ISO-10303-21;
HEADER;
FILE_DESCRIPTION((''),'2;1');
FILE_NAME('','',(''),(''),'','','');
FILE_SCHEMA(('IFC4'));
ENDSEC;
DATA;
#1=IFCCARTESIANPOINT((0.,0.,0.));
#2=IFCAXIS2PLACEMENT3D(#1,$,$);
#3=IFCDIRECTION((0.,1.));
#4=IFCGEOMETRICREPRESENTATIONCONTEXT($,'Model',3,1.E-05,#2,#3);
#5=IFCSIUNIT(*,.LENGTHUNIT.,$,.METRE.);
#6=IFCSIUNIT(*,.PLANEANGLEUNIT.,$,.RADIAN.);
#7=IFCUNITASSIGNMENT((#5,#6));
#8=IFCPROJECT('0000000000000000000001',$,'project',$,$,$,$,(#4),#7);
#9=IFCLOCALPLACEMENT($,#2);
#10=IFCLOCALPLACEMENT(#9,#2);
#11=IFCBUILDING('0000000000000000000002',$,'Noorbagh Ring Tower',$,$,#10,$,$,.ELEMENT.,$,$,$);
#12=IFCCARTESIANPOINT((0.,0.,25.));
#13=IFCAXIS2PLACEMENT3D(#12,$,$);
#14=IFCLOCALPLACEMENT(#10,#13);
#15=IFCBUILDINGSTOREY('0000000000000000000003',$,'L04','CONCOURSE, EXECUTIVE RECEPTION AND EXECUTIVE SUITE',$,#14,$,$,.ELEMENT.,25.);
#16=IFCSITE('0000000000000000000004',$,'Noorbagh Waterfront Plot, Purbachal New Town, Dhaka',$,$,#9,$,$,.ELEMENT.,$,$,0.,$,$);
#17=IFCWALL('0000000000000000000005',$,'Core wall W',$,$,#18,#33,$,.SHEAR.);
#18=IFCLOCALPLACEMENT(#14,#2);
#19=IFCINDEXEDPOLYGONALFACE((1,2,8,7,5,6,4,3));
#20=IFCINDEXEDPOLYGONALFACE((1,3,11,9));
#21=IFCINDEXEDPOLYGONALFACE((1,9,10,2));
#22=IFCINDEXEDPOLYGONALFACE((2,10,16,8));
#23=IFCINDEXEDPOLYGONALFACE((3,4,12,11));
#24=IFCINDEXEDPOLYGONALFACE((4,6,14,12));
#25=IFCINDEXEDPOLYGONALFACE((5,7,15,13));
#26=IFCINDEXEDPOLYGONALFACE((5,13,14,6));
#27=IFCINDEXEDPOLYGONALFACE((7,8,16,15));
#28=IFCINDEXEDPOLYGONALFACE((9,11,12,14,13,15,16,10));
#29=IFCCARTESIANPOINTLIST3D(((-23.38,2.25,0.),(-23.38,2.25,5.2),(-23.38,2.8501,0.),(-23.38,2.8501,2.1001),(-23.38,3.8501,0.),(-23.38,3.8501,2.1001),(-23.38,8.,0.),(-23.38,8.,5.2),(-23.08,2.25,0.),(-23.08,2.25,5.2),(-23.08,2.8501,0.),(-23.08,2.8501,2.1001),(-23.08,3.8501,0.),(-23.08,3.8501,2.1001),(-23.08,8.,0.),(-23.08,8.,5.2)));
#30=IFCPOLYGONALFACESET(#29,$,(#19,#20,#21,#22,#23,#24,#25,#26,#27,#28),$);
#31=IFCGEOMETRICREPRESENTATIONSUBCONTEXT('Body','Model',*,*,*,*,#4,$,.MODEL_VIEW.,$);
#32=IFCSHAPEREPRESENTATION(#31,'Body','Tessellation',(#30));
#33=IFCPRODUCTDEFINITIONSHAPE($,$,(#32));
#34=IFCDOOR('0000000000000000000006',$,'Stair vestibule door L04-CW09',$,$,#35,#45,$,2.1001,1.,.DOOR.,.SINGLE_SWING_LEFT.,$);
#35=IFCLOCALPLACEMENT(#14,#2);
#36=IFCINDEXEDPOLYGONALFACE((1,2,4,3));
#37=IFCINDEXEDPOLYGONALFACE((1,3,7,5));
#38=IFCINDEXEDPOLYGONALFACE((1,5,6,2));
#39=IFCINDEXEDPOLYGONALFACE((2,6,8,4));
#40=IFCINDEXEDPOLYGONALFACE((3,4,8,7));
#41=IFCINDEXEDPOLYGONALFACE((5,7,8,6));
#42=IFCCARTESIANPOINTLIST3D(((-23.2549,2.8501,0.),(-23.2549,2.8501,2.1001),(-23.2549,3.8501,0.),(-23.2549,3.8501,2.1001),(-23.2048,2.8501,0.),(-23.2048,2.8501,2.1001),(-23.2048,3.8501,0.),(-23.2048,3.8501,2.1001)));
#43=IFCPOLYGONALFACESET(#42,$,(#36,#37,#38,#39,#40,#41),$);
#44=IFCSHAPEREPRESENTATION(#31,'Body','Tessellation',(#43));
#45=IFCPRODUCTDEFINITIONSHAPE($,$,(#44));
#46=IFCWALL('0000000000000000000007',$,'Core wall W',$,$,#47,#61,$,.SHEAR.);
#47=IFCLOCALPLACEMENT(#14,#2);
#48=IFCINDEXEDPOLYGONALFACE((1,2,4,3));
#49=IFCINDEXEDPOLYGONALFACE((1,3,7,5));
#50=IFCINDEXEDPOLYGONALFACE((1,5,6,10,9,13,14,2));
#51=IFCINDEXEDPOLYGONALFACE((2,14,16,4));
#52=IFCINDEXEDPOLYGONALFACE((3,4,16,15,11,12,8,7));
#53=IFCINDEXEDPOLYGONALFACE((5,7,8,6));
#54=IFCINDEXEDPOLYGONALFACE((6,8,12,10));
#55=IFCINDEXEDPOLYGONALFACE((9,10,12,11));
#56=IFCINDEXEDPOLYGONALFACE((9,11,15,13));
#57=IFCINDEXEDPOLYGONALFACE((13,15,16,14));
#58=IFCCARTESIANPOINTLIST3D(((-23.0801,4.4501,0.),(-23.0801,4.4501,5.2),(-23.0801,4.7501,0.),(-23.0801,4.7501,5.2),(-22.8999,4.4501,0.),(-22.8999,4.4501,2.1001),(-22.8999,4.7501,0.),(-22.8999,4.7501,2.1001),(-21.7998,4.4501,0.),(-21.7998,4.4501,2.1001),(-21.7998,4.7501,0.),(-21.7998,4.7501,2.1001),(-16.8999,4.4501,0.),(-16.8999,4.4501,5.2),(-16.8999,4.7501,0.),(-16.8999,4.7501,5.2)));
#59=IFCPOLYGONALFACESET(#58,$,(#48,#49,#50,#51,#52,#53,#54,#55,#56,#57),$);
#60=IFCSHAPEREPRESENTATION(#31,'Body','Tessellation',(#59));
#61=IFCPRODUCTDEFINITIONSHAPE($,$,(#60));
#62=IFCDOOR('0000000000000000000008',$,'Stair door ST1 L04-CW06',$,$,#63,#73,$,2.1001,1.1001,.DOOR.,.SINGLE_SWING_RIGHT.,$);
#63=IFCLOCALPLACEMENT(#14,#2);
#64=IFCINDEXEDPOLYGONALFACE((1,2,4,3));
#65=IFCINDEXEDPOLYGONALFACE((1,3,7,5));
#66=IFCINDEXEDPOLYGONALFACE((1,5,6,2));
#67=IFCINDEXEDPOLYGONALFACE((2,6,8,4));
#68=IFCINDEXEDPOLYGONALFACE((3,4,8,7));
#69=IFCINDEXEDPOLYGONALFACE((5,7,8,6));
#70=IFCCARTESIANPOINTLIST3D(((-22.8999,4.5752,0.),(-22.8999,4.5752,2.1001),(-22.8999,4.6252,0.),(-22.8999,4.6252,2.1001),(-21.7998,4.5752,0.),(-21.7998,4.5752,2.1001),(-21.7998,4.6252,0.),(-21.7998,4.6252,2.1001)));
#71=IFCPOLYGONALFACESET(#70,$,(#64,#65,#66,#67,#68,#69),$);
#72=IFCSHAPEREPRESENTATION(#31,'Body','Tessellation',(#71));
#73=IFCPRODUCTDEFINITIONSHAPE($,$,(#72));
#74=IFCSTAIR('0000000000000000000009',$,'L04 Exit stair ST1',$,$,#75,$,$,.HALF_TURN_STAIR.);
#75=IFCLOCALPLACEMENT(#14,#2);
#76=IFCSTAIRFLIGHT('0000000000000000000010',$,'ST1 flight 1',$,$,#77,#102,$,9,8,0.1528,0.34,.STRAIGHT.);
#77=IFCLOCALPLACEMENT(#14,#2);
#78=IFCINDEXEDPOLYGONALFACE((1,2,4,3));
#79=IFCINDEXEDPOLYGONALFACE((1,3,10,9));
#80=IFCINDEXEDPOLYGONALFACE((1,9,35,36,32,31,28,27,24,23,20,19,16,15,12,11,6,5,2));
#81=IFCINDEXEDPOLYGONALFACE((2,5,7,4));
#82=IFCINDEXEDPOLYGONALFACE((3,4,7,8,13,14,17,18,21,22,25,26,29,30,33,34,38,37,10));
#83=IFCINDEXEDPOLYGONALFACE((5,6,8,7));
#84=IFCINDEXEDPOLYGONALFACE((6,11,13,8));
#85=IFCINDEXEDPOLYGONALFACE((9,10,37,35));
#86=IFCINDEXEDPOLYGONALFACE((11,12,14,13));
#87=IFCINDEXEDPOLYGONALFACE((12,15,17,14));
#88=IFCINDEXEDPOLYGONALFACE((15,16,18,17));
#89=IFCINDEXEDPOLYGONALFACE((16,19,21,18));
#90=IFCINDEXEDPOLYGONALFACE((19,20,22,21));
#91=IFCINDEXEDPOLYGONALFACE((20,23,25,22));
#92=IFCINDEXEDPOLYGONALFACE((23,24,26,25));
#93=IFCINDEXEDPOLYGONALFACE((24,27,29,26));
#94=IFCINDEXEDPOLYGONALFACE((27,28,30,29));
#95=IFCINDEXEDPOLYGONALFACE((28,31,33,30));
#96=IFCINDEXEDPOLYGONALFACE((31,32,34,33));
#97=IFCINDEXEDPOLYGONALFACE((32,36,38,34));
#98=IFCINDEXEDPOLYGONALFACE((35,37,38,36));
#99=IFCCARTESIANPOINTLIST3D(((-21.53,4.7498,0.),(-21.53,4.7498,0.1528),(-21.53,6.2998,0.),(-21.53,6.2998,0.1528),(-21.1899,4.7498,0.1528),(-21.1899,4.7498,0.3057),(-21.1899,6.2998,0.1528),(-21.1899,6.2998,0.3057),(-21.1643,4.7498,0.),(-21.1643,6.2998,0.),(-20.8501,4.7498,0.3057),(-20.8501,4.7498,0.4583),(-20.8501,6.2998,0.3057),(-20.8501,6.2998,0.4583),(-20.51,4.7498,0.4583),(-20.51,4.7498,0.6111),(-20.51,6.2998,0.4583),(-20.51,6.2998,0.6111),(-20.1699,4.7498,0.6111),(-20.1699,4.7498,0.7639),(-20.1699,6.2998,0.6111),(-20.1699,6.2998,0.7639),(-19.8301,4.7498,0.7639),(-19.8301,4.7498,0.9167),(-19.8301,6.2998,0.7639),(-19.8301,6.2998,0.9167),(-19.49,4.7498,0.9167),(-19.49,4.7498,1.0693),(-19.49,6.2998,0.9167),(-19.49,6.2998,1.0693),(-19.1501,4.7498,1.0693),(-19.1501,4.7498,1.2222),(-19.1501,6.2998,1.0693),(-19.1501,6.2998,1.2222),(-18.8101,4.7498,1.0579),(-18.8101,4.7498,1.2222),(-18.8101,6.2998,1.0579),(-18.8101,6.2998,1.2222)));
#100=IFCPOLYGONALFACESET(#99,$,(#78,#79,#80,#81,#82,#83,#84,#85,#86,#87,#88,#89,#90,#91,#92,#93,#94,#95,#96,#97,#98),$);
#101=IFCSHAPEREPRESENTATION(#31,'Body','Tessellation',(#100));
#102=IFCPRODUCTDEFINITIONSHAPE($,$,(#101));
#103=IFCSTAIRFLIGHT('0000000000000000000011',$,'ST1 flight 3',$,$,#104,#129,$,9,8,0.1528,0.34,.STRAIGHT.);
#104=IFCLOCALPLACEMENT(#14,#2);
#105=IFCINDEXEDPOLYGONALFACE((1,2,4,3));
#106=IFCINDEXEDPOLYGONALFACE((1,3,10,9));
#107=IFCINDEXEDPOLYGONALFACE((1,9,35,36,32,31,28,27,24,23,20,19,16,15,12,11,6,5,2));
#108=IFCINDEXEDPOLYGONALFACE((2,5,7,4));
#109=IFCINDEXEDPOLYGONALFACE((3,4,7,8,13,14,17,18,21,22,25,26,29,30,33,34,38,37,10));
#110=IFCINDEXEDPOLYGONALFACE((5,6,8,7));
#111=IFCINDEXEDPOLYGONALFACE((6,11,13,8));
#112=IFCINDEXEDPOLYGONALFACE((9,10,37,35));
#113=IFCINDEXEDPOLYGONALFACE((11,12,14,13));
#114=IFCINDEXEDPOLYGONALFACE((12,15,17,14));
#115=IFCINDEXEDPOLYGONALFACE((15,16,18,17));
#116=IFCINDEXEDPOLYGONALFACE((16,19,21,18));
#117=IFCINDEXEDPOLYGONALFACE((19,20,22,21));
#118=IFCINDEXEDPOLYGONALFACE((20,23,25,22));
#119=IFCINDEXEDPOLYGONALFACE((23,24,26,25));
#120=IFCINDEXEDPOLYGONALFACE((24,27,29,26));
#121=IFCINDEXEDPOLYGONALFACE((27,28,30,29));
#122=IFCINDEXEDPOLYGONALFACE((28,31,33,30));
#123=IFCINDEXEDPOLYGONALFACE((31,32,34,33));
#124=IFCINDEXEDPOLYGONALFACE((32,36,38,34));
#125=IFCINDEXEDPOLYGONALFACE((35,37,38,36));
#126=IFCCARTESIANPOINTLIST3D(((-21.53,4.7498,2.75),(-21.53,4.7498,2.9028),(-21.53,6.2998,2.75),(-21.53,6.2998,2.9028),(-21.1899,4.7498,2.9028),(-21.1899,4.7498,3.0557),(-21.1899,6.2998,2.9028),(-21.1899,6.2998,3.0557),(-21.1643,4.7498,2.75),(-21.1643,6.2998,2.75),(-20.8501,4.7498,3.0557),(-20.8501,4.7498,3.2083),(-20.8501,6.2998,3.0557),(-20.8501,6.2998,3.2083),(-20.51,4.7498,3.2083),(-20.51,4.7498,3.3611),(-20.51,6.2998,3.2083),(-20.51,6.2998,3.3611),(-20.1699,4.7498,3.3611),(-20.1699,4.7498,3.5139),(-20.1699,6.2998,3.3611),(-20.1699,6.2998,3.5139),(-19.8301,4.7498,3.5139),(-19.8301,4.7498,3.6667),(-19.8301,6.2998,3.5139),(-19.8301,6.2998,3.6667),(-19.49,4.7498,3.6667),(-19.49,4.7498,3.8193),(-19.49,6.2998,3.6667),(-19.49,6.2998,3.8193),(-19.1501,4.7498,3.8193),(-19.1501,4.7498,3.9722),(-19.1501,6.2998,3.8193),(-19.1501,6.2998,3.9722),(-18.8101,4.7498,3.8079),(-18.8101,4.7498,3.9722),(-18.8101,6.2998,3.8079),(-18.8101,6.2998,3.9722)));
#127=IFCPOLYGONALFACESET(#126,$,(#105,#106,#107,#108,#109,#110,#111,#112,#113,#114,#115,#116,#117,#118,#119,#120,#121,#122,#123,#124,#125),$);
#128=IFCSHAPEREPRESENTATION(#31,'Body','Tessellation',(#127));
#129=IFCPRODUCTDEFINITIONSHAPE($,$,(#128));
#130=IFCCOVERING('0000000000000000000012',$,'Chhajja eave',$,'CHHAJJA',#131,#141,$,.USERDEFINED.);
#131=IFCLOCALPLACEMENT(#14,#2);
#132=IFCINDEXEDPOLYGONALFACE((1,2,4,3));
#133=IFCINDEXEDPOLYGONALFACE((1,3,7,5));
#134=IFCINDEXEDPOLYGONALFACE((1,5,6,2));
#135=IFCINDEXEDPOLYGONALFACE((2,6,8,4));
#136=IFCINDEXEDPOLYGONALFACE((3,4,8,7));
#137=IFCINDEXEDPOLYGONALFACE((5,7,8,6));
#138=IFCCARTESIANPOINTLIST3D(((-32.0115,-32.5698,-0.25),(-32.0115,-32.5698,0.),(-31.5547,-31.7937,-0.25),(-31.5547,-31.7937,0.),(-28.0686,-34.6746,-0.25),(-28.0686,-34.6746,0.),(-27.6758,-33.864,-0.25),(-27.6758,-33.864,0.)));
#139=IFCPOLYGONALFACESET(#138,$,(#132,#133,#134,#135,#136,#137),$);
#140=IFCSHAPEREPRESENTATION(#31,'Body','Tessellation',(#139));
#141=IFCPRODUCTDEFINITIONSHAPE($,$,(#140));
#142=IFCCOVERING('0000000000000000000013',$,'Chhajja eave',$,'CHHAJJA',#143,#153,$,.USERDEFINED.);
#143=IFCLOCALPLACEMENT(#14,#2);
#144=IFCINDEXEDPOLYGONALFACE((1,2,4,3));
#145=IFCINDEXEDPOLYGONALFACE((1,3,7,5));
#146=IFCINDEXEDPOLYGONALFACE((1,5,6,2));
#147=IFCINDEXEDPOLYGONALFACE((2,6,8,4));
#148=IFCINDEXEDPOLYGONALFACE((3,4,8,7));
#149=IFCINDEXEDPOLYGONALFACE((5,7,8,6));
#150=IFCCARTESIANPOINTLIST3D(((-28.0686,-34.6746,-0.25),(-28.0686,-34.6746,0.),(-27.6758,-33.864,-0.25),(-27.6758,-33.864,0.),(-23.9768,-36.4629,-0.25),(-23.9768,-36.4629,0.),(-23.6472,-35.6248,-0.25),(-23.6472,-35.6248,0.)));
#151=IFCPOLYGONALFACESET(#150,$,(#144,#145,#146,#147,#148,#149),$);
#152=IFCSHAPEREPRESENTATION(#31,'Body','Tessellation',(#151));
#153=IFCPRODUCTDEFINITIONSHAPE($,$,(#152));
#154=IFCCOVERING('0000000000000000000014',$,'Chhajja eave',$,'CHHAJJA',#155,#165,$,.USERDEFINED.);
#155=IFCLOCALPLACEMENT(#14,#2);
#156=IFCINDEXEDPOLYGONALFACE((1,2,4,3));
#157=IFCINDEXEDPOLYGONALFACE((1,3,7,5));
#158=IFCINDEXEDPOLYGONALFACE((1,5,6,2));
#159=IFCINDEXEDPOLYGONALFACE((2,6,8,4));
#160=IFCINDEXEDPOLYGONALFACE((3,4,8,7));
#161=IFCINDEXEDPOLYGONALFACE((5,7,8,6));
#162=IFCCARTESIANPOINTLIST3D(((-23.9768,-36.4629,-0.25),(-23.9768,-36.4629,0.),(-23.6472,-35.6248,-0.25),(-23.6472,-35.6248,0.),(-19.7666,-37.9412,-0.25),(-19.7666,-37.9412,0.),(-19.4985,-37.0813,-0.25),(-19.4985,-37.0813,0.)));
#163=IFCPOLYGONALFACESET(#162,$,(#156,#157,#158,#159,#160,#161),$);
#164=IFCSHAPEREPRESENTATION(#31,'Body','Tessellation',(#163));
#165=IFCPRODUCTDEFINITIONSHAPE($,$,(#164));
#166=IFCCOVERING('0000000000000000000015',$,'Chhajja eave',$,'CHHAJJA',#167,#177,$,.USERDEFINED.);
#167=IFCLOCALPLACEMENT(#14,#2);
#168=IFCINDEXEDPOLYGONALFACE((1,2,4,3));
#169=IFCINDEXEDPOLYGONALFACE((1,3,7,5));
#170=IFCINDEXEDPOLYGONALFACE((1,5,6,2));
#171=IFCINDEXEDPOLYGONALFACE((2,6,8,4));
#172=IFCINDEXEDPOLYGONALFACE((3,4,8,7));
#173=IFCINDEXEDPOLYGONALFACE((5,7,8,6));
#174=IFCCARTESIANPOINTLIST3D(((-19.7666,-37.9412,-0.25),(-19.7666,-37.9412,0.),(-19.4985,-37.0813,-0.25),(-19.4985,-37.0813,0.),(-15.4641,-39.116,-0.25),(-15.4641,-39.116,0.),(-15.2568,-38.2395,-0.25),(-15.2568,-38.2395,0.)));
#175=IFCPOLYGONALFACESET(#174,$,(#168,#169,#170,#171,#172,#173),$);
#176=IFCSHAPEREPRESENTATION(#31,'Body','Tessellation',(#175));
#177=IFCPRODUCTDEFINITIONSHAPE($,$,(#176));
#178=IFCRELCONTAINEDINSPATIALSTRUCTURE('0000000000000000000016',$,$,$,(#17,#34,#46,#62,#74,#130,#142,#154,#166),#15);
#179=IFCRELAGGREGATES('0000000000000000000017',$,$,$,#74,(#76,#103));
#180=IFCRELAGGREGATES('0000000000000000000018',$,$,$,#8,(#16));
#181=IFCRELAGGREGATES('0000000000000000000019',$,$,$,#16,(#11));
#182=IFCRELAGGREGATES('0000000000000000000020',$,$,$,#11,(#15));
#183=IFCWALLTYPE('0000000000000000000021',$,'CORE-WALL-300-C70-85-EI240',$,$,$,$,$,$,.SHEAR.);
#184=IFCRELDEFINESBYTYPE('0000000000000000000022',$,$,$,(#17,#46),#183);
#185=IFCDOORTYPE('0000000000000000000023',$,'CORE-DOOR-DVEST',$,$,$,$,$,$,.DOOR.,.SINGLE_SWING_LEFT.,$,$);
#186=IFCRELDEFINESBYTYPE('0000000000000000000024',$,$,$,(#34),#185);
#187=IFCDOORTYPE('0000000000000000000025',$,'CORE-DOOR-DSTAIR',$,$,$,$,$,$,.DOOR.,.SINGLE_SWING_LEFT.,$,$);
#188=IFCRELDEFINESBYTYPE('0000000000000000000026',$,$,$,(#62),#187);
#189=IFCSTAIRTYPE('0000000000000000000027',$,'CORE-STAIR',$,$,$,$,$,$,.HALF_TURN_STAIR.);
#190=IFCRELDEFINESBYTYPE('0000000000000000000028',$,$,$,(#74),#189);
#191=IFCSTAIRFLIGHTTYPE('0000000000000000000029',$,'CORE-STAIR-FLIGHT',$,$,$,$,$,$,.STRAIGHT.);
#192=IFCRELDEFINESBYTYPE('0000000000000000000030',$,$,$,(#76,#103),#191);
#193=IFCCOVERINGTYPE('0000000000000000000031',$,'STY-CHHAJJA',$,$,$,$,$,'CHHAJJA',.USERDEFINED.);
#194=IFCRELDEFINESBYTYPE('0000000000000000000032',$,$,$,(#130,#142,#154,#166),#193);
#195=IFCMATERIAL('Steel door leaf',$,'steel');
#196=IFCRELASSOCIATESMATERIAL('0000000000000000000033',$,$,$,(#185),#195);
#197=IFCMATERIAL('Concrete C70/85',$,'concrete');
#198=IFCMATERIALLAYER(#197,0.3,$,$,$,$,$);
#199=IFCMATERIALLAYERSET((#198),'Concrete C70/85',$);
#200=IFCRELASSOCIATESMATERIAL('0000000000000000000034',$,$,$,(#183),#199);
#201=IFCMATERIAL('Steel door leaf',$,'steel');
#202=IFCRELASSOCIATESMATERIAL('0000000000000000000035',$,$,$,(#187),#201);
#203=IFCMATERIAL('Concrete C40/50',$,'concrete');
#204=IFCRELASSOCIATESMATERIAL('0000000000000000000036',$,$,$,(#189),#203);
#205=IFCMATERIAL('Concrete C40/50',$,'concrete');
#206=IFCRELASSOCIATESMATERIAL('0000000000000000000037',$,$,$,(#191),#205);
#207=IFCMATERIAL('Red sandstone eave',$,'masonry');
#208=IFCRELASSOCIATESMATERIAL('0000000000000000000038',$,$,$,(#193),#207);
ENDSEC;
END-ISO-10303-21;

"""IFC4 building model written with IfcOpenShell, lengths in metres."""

from ifc_helpers import new_model, si_unit, direction, frame, frame_2d, origin, place, context, subcontext, project, spatial, polyline, rectangle, outline, extrude, material, layer, layer_set, type_object, element, fill, aggregate, save


model = new_model("IFC4")

# Units and contexts
model_context = context("Model", 3, precision=1e-05, world=origin(), true_north=direction((0.0, 1.0)))
body_context = subcontext(model_context, "Body", "Model", "MODEL_VIEW")
ifc_project = project(units=[si_unit("LENGTHUNIT", "METRE"), si_unit("PLANEANGLEUNIT", "RADIAN")], contexts=[model_context])

# Site, building, storey
site_placement = place(None, origin())
site = spatial("IfcSite", under=ifc_project, at=site_placement, Name="Noorbagh Waterfront Plot, Purbachal New Town, Dhaka", CompositionType="ELEMENT", RefElevation=0.0)
building_placement = place(site_placement, origin())
building = spatial("IfcBuilding", under=site, at=building_placement, Name="Noorbagh Ring Tower", CompositionType="ELEMENT")
storey_placement = place(building_placement, frame((0.0, 0.0, 25.0)))
storey = spatial("IfcBuildingStorey", under=building, at=storey_placement, Name="L04", Description="CONCOURSE, EXECUTIVE RECEPTION AND EXECUTIVE SUITE", CompositionType="ELEMENT", Elevation=25.0)

# Shared definitions
ifc_material_1 = material(Name="Steel door leaf", Category="steel")
door_type_1 = type_object("IfcDoorType", Name="CORE-DOOR-DVEST", OperationType="SINGLE_SWING_LEFT", PredefinedType="DOOR", material=ifc_material_1)

# Walls, openings, doors
ifc_material_2 = material(Name="Concrete C70/85", Category="concrete")
ifc_layer_1 = layer(ifc_material_2, 0.3)
ifc_layer_set_1 = layer_set([ifc_layer_1], Name="Concrete C70/85")
wall_type_1 = type_object("IfcWallType", Name="CORE-WALL-300-C70-85-EI240", PredefinedType="SHEAR", material=ifc_layer_set_1)
wall_1_placement = place(storey_placement, frame((-23.23, 2.25, 0.0), z_axis=(0.0, 0.0, 1.0), x_axis=(0.0, 1.0, 0.0)))
wall_1 = element("IfcWall", 1, at=wall_1_placement, inside=storey, type_object=wall_type_1, Name="Core wall W", PredefinedType="SHEAR", context=body_context, shape_type="SweptSolid", body=[
    extrude(rectangle(XDim=5.75, YDim=0.3, at=frame_2d((2.875, 0.0))), origin(), (0.0, 0.0, 1.0), 5.2),
])
opening_1_placement = place(wall_1_placement, frame((0.6001, 0.0, 0.0)))
opening_1 = element("IfcOpeningElement", 2, at=opening_1_placement, cuts=wall_1, PredefinedType="OPENING", context=body_context, shape_type="SweptSolid", body=[
    extrude(rectangle(XDim=1.0, YDim=2.1001, at=frame_2d((0.5, 1.05))), frame((0.0, 0.1602, 0.0), z_axis=(0.0, -1.0, 0.0), x_axis=(1.0, 0.0, 0.0)), (0.0, 0.0, 1.0), 0.3201),
])
door_1_placement = place(opening_1_placement, origin())
door_1 = element("IfcDoor", 3, at=door_1_placement, inside=storey, type_object=door_type_1, Name="Stair vestibule door L04-CW09", OperationType="SINGLE_SWING_LEFT", OverallHeight=2.1001, OverallWidth=1.0, PredefinedType="DOOR", context=body_context, shape_type="SweptSolid", body=[
    extrude(rectangle(XDim=1.0, YDim=2.1001, at=frame_2d((0.5, 1.05))), frame((0.0, 0.0249, 0.0), z_axis=(0.0, -1.0, 0.0), x_axis=(1.0, 0.0, 0.0)), (0.0, 0.0, 1.0), 0.05),
])
fill(opening_1, door_1)
wall_2_placement = place(storey_placement, frame((-16.8999, 4.6001, 0.0), z_axis=(0.0, 0.0, 1.0), x_axis=(-1.0, 0.0, 0.0)))
wall_2 = element("IfcWall", 4, at=wall_2_placement, inside=storey, type_object=wall_type_1, Name="Core wall W", PredefinedType="SHEAR", context=body_context, shape_type="SweptSolid", body=[
    extrude(rectangle(XDim=6.1802, YDim=0.3, at=frame_2d((3.0901, 0.0))), origin(), (0.0, 0.0, 1.0), 5.2),
])
opening_2_placement = place(wall_2_placement, frame((4.8999, 0.0, 0.0)))
opening_2 = element("IfcOpeningElement", 5, at=opening_2_placement, cuts=wall_2, PredefinedType="OPENING", context=body_context, shape_type="SweptSolid", body=[
    extrude(rectangle(XDim=1.1001, YDim=2.1001, at=frame_2d((0.55, 1.05))), frame((0.0, 0.1602, 0.0), z_axis=(0.0, -1.0, 0.0), x_axis=(1.0, 0.0, 0.0)), (0.0, 0.0, 1.0), 0.3201),
])
ifc_material_3 = material(Name="Steel door leaf", Category="steel")
door_type_2 = type_object("IfcDoorType", Name="CORE-DOOR-DSTAIR", OperationType="SINGLE_SWING_LEFT", PredefinedType="DOOR", material=ifc_material_3)
door_2_placement = place(opening_2_placement, origin())
door_2 = element("IfcDoor", 6, at=door_2_placement, inside=storey, type_object=door_type_2, Name="Stair door ST1 L04-CW06", OperationType="SINGLE_SWING_RIGHT", OverallHeight=2.1001, OverallWidth=1.1001, PredefinedType="DOOR", context=body_context, shape_type="SweptSolid", body=[
    extrude(rectangle(XDim=1.1001, YDim=2.1001, at=frame_2d((0.55, 1.05))), frame((0.0, 0.0249, 0.0), z_axis=(0.0, -1.0, 0.0), x_axis=(1.0, 0.0, 0.0)), (0.0, 0.0, 1.0), 0.05),
])
fill(opening_2, door_2)

# Stair, stair flights
ifc_material_4 = material(Name="Concrete C40/50", Category="concrete")
stair_type = type_object("IfcStairType", Name="CORE-STAIR", PredefinedType="HALF_TURN_STAIR", material=ifc_material_4)
stair_placement = place(storey_placement, origin())
stair = element("IfcStair", 7, at=stair_placement, inside=storey, type_object=stair_type, Name="L04 Exit stair ST1", PredefinedType="HALF_TURN_STAIR")
ifc_material_5 = material(Name="Concrete C40/50", Category="concrete")
stair_flight_type = type_object("IfcStairFlightType", Name="CORE-STAIR-FLIGHT", PredefinedType="STRAIGHT", material=ifc_material_5)
stair_flight_1_placement = place(storey_placement, frame((-21.53, 5.5249, 0.0), z_axis=(0.0, 0.0, 1.0), x_axis=(1.0, 0.0, 0.0)))
stair_flight_1 = element("IfcStairFlight", 8, at=stair_flight_1_placement, type_object=stair_flight_type, Name="ST1 flight 1", NumberOfRisers=9, NumberOfTreads=8, PredefinedType="STRAIGHT", RiserHeight=0.1528, TreadLength=0.34, context=body_context, shape_type="SweptSolid", body=[
    extrude(outline(polyline([(0.0, 0.0), (0.0, 0.1528), (0.3401, 0.1528), (0.3401, 0.3057), (0.6799, 0.3057), (0.6799, 0.4583), (1.02, 0.4583), (1.02, 0.6111), (1.3601, 0.6111), (1.3601, 0.7639), (1.7, 0.7639), (1.7, 0.9167), (2.04, 0.9167), (2.04, 1.0693), (2.3799, 1.0693), (2.3799, 1.2222), (2.72, 1.2222), (2.72, 1.375), (2.72, 1.0579), (0.3657, 0.0), (0.0, 0.0)])), frame((0.0, 0.7749, 0.0), z_axis=(0.0, -1.0, 0.0), x_axis=(1.0, 0.0, 0.0)), (0.0, 0.0, 1.0), 1.55),
])
stair_flight_2_placement = place(storey_placement, frame((-21.53, 5.5249, 2.75), z_axis=(0.0, 0.0, 1.0), x_axis=(1.0, 0.0, 0.0)))
stair_flight_2 = element("IfcStairFlight", 9, at=stair_flight_2_placement, type_object=stair_flight_type, Name="ST1 flight 3", NumberOfRisers=9, NumberOfTreads=8, PredefinedType="STRAIGHT", RiserHeight=0.1528, TreadLength=0.34, context=body_context, shape_type="SweptSolid", body=[
    extrude(outline(polyline([(0.0, 0.0), (0.0, 0.1528), (0.3401, 0.1528), (0.3401, 0.3057), (0.6799, 0.3057), (0.6799, 0.4583), (1.02, 0.4583), (1.02, 0.6111), (1.3601, 0.6111), (1.3601, 0.7639), (1.7, 0.7639), (1.7, 0.9167), (2.04, 0.9167), (2.04, 1.0693), (2.3799, 1.0693), (2.3799, 1.2222), (2.72, 1.2222), (2.72, 1.375), (2.72, 1.0579), (0.3657, 0.0), (0.0, 0.0)])), frame((0.0, 0.7749, 0.0), z_axis=(0.0, -1.0, 0.0), x_axis=(1.0, 0.0, 0.0)), (0.0, 0.0, 1.0), 1.55),
])
aggregate(stair, [stair_flight_1, stair_flight_2])

# Coverings
ifc_material_6 = material(Name="Red sandstone eave", Category="masonry")
covering_type = type_object("IfcCoveringType", Name="STY-CHHAJJA", ElementType="CHHAJJA", PredefinedType="USERDEFINED", material=ifc_material_6)
covering_1_placement = place(storey_placement, frame((0.0, 0.0, -0.25)))
element("IfcCovering", 10, at=covering_1_placement, inside=storey, type_object=covering_type, Name="Chhajja eave", ObjectType="CHHAJJA", PredefinedType="USERDEFINED", context=body_context, shape_type="SweptSolid", body=[
    extrude(outline(polyline([(-31.5547, -31.7937), (-27.6758, -33.864), (-28.0686, -34.6746), (-32.0115, -32.5698), (-31.5547, -31.7937)])), origin(), (0.0, 0.0, 1.0), 0.25),
])
covering_2_placement = place(storey_placement, frame((0.0, 0.0, -0.25)))
element("IfcCovering", 11, at=covering_2_placement, inside=storey, type_object=covering_type, Name="Chhajja eave", ObjectType="CHHAJJA", PredefinedType="USERDEFINED", context=body_context, shape_type="SweptSolid", body=[
    extrude(outline(polyline([(-27.6758, -33.864), (-23.6472, -35.6248), (-23.9768, -36.4629), (-28.0686, -34.6746), (-27.6758, -33.864)])), origin(), (0.0, 0.0, 1.0), 0.25),
])
covering_3_placement = place(storey_placement, frame((0.0, 0.0, -0.25)))
element("IfcCovering", 12, at=covering_3_placement, inside=storey, type_object=covering_type, Name="Chhajja eave", ObjectType="CHHAJJA", PredefinedType="USERDEFINED", context=body_context, shape_type="SweptSolid", body=[
    extrude(outline(polyline([(-23.6472, -35.6248), (-19.4985, -37.0813), (-19.7666, -37.9412), (-23.9768, -36.4629), (-23.6472, -35.6248)])), origin(), (0.0, 0.0, 1.0), 0.25),
])
covering_4_placement = place(storey_placement, frame((0.0, 0.0, -0.25)))
element("IfcCovering", 13, at=covering_4_placement, inside=storey, type_object=covering_type, Name="Chhajja eave", ObjectType="CHHAJJA", PredefinedType="USERDEFINED", context=body_context, shape_type="SweptSolid", body=[
    extrude(outline(polyline([(-19.4985, -37.0813), (-15.2568, -38.2395), (-15.4641, -39.116), (-19.7666, -37.9412), (-19.4985, -37.0813)])), origin(), (0.0, 0.0, 1.0), 0.25),
])

save(model, "model.ifc")
